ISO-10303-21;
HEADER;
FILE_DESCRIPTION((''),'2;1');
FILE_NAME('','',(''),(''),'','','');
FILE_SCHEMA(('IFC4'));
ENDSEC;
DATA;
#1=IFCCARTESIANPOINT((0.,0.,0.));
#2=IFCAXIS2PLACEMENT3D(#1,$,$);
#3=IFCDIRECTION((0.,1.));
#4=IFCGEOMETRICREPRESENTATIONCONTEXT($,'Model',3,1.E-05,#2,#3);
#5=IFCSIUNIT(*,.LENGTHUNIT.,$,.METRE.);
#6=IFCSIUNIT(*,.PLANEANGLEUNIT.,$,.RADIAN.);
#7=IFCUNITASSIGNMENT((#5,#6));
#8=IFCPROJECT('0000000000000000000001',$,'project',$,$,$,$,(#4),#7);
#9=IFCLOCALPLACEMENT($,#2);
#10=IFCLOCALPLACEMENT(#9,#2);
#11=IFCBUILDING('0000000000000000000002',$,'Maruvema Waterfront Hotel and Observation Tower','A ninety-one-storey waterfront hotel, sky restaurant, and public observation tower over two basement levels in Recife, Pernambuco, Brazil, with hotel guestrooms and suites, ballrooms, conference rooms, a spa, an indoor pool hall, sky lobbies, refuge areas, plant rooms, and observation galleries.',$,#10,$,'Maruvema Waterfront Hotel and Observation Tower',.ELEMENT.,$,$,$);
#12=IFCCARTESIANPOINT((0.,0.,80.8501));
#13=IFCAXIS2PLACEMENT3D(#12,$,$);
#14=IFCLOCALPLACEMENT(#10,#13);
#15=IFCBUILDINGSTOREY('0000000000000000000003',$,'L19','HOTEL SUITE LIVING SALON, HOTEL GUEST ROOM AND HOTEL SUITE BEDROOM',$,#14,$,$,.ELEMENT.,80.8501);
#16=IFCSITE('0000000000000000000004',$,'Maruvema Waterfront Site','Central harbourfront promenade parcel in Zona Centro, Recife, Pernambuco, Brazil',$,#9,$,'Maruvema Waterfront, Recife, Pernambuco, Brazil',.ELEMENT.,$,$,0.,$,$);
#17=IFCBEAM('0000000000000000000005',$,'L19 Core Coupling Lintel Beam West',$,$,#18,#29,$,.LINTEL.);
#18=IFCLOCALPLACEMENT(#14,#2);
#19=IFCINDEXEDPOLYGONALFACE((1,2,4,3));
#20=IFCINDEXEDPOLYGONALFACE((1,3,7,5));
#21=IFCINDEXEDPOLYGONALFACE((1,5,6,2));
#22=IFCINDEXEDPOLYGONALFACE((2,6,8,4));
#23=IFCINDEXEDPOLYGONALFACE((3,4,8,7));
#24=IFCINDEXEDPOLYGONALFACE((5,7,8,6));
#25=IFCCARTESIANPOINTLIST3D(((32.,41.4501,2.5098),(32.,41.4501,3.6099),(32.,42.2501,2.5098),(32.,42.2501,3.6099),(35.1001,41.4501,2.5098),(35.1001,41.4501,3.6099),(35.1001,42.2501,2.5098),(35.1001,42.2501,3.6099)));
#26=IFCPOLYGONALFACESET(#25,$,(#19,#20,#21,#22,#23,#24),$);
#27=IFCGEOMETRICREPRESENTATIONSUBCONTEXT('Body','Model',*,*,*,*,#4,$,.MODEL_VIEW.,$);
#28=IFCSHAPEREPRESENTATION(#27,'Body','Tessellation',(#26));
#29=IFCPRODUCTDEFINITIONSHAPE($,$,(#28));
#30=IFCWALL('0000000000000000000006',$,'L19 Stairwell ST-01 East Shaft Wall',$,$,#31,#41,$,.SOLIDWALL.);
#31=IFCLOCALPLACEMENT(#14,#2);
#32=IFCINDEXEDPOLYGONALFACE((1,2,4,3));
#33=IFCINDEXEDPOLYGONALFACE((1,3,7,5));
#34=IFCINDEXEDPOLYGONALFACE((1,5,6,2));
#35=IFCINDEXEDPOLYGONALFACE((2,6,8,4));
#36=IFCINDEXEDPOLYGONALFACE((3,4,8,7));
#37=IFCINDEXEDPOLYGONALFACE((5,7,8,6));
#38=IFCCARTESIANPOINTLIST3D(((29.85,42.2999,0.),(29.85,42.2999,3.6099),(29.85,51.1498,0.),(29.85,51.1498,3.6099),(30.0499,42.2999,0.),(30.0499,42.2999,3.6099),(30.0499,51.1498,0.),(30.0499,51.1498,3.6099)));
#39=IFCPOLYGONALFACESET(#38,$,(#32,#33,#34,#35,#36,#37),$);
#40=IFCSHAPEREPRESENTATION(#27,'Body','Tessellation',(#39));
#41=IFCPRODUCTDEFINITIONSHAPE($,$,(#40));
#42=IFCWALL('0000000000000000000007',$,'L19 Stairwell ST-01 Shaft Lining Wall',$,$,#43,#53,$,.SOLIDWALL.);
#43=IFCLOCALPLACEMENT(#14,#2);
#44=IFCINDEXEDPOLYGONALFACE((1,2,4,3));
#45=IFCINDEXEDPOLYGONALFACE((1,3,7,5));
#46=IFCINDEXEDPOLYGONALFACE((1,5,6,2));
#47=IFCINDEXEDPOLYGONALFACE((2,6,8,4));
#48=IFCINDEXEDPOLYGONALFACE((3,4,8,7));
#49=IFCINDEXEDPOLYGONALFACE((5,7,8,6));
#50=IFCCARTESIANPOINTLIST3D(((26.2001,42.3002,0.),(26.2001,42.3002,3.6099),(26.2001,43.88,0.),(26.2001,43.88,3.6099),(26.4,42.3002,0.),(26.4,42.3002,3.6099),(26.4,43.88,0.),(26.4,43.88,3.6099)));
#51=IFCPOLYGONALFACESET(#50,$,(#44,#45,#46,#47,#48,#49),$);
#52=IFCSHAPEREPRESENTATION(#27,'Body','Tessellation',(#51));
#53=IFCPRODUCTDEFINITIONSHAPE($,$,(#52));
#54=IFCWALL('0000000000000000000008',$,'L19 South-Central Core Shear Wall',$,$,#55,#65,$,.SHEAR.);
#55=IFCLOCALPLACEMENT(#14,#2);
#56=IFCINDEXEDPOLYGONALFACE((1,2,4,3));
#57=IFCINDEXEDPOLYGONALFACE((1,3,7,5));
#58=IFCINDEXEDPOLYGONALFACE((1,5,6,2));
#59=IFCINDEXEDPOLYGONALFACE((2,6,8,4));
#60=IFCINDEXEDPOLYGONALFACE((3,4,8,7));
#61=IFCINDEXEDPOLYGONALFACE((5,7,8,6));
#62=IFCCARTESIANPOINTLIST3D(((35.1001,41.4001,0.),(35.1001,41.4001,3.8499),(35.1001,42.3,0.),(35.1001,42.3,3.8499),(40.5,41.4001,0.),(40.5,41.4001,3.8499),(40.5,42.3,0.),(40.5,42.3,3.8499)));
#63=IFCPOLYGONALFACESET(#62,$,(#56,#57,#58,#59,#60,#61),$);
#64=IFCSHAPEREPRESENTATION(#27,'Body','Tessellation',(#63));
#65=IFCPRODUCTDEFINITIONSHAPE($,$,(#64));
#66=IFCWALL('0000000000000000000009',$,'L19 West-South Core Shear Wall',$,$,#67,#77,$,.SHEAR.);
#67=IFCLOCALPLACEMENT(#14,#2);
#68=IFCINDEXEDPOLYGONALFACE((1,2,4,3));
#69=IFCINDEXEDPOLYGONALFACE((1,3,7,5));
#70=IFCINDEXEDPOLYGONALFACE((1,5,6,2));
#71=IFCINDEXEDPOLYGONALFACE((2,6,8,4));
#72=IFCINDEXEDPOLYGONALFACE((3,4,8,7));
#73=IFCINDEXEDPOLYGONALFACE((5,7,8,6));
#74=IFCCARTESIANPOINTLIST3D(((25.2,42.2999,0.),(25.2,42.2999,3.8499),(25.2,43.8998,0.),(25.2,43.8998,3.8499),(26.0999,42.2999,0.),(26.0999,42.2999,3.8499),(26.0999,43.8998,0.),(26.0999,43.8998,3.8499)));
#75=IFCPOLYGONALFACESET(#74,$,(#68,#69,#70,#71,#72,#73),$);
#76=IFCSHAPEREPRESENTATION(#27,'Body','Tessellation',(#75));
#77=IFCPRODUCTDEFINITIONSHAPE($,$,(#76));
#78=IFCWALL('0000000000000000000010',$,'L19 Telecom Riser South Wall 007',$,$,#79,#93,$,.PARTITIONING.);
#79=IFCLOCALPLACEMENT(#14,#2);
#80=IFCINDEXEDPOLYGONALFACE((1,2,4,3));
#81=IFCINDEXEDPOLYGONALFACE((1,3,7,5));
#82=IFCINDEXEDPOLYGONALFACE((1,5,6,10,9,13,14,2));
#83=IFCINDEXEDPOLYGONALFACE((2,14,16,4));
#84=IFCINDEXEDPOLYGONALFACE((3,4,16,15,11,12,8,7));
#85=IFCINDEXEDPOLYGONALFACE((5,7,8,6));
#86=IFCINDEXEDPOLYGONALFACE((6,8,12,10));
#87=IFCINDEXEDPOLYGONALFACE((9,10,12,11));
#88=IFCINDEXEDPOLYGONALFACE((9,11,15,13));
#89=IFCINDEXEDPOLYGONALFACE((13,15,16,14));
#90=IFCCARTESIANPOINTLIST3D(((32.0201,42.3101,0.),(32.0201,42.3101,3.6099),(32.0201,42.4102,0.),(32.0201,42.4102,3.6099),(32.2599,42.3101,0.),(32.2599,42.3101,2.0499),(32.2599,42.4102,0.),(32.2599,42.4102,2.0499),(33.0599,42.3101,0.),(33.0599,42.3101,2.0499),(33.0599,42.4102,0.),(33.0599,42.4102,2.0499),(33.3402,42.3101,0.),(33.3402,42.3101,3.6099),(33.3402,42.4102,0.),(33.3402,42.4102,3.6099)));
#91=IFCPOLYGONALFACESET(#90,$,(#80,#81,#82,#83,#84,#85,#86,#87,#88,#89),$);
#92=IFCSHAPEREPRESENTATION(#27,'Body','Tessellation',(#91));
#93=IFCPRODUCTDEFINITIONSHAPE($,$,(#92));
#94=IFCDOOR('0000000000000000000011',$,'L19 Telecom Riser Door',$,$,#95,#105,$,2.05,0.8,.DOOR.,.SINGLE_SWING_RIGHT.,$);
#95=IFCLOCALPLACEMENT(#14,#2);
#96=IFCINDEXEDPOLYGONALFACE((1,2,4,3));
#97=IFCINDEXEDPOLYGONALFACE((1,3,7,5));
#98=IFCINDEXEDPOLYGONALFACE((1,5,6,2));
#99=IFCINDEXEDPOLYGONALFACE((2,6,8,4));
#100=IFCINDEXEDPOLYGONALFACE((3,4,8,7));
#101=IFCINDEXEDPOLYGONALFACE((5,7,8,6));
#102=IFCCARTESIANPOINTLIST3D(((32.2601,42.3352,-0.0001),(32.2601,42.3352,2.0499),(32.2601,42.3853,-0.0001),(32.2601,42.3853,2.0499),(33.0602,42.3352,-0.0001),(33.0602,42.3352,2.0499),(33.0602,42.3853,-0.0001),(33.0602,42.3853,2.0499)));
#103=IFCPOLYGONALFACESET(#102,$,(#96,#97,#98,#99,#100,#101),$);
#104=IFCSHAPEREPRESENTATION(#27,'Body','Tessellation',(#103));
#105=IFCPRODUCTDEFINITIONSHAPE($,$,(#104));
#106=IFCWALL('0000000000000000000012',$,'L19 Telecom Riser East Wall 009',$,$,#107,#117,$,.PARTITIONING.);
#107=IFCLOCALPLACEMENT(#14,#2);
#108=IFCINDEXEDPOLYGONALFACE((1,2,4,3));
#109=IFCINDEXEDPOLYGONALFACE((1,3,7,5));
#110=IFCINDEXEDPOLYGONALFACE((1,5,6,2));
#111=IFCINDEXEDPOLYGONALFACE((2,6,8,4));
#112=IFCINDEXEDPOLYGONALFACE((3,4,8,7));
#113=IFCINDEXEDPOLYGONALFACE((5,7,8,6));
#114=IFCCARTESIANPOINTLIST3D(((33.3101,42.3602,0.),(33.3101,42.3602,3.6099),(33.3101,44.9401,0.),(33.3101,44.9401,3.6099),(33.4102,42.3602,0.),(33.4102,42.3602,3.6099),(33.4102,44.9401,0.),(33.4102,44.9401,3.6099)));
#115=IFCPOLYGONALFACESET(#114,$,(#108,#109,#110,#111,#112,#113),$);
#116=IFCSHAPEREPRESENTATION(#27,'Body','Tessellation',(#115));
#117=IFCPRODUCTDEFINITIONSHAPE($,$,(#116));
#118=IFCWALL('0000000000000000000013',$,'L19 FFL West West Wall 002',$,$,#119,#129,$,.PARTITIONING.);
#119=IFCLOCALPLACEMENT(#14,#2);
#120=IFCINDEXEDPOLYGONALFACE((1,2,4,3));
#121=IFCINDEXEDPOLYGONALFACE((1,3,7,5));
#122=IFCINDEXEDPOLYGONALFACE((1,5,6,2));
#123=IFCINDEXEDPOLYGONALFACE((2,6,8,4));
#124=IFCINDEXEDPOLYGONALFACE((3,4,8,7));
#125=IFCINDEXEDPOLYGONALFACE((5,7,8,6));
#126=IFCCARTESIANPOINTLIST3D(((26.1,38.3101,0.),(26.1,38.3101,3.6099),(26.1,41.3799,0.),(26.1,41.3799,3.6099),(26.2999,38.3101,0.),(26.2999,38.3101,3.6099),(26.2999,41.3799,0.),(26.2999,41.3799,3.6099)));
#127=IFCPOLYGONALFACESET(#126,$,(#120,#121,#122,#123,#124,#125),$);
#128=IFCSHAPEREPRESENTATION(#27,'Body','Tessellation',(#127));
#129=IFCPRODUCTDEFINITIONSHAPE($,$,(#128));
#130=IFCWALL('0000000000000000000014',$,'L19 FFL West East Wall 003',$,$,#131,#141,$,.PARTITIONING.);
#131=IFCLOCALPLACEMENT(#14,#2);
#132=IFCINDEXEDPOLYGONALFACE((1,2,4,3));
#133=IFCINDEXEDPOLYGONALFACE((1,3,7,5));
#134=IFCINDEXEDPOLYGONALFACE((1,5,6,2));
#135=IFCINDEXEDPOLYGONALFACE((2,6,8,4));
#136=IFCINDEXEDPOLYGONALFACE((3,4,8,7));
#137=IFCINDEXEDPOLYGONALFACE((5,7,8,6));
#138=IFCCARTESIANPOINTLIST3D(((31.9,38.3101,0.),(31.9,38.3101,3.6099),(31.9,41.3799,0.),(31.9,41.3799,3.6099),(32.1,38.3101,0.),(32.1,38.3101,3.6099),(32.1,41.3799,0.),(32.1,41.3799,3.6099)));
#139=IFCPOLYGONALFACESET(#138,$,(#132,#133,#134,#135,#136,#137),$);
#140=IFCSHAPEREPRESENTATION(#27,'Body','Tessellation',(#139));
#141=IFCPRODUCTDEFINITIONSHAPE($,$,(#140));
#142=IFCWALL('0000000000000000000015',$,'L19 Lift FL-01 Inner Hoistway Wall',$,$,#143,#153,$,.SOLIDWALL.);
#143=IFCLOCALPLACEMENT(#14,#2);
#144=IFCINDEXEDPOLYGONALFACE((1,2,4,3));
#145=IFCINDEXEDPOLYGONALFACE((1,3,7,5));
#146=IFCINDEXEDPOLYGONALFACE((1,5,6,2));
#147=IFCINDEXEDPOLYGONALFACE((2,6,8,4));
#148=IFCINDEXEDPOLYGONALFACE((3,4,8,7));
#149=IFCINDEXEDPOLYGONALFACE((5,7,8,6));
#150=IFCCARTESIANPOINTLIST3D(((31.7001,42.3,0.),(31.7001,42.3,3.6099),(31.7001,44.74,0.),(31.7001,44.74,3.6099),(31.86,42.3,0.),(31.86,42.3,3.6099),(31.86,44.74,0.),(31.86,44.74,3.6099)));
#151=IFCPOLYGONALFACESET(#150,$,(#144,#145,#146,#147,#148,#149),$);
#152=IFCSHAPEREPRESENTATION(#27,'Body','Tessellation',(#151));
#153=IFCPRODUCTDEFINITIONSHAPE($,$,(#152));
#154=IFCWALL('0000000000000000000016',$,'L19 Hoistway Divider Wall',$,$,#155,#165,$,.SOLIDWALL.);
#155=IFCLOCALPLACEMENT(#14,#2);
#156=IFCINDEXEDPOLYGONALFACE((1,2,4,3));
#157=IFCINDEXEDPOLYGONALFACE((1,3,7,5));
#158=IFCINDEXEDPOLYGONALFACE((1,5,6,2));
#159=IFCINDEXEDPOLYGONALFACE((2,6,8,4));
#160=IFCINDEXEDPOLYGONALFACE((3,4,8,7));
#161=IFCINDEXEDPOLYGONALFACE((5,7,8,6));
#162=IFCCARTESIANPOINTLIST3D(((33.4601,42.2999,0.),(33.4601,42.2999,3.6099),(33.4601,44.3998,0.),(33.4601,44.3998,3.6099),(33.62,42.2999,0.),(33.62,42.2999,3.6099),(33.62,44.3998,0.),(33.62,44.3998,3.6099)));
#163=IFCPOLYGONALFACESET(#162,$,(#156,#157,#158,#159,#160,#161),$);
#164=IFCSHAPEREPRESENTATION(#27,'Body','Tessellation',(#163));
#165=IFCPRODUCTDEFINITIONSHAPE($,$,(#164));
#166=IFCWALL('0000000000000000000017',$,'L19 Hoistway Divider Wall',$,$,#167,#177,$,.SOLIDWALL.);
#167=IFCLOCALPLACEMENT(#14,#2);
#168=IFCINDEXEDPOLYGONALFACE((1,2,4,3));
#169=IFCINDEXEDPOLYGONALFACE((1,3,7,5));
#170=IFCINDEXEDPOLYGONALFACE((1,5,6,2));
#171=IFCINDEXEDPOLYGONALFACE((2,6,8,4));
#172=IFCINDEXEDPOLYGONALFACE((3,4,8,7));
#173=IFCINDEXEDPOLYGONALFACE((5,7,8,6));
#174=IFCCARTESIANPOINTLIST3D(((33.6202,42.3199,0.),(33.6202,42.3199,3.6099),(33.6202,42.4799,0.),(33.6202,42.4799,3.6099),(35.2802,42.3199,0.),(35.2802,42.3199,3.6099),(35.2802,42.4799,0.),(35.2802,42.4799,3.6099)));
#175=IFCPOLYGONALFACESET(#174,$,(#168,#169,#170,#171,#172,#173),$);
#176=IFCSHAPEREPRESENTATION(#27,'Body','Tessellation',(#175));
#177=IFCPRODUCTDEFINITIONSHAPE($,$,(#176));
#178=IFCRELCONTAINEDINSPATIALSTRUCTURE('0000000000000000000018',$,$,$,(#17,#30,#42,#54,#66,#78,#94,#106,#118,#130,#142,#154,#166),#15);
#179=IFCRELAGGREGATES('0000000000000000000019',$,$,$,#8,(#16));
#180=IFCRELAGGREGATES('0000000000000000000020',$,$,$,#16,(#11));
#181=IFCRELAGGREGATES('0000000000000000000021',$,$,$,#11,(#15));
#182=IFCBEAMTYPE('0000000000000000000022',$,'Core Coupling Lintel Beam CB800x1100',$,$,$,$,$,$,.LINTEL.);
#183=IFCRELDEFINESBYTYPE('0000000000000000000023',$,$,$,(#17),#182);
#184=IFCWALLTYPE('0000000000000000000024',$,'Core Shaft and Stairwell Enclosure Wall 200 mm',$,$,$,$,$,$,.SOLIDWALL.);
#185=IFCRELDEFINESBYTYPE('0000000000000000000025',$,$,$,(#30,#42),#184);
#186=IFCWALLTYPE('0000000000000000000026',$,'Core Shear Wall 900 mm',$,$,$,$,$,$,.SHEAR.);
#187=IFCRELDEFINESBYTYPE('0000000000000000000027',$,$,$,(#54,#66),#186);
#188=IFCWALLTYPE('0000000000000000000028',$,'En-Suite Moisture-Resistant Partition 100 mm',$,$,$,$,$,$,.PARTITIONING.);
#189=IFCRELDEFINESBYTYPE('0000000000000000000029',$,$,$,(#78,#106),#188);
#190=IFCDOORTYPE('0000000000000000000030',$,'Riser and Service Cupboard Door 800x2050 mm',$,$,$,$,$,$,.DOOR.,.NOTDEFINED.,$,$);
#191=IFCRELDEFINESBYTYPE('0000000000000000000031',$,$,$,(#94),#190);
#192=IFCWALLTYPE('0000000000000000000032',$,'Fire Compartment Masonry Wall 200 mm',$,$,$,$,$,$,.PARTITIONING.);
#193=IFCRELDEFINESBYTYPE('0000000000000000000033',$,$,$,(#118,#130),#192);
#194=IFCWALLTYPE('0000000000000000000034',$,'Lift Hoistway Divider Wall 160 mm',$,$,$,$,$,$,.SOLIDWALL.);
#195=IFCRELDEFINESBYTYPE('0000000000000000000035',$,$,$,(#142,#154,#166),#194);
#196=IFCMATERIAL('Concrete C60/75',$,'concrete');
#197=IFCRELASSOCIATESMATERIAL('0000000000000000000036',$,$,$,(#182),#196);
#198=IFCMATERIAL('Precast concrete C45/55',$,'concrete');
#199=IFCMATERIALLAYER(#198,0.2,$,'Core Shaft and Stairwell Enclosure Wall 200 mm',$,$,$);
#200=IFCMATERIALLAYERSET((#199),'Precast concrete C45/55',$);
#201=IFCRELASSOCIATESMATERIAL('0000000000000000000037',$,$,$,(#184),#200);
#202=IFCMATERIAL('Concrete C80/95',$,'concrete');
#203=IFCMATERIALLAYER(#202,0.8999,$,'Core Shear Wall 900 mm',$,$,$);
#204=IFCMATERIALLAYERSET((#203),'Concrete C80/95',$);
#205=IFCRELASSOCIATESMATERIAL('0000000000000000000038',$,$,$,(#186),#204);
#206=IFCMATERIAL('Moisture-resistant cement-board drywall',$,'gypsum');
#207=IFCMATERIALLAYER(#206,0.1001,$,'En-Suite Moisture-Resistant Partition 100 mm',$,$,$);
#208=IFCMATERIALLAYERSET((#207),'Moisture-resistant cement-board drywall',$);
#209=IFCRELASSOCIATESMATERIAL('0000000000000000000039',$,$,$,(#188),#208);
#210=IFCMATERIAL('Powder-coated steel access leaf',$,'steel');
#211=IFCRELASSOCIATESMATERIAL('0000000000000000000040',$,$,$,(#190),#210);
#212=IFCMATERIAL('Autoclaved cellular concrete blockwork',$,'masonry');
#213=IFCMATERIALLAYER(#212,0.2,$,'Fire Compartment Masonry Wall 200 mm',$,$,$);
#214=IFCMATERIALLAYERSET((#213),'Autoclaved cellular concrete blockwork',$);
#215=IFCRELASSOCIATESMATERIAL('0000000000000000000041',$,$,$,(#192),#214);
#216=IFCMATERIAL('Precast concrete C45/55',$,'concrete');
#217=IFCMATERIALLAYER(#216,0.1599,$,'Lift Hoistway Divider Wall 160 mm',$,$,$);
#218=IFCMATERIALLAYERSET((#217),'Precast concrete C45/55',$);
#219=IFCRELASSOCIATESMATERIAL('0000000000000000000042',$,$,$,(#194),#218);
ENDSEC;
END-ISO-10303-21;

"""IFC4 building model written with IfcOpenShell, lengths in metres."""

from ifc_helpers import new_model, si_unit, direction, frame, frame_2d, origin, origin_2d, place, context, subcontext, project, spatial, rectangle, extrude, material, layer, layer_set, material_profile, profile_set, type_object, element, fill, save


model = new_model("IFC4")

# Units and contexts
model_context = context("Model", 3, precision=1e-05, world=origin(), true_north=direction((0.0, 1.0)))
body_context = subcontext(model_context, "Body", "Model", "MODEL_VIEW")
ifc_project = project(units=[si_unit("LENGTHUNIT", "METRE"), si_unit("PLANEANGLEUNIT", "RADIAN")], contexts=[model_context])

# Site, building, storey
site_placement = place(None, origin())
site = spatial("IfcSite", under=ifc_project, at=site_placement, Name="Maruvema Waterfront Site", Description="Central harbourfront promenade parcel in Zona Centro, Recife, Pernambuco, Brazil", LongName="Maruvema Waterfront, Recife, Pernambuco, Brazil", CompositionType="ELEMENT", RefElevation=0.0)
building_placement = place(site_placement, origin())
building = spatial("IfcBuilding", under=site, at=building_placement, Name="Maruvema Waterfront Hotel and Observation Tower", Description="A ninety-one-storey waterfront hotel, sky restaurant, and public observation tower over two basement levels in Recife, Pernambuco, Brazil, with hotel guestrooms and suites, ballrooms, conference rooms, a spa, an indoor pool hall, sky lobbies, refuge areas, plant rooms, and observation galleries.", LongName="Maruvema Waterfront Hotel and Observation Tower", CompositionType="ELEMENT")
storey_placement = place(building_placement, frame((0.0, 0.0, 80.8501)))
storey = spatial("IfcBuildingStorey", under=building, at=storey_placement, Name="L19", Description="HOTEL SUITE LIVING SALON, HOTEL GUEST ROOM AND HOTEL SUITE BEDROOM", CompositionType="ELEMENT", Elevation=80.8501)

# Beam
ifc_material_1 = material(Name="Concrete C60/75", Category="concrete")
ifc_material_profile = material_profile(ifc_material_1, rectangle(XDim=0.8, YDim=1.1001, at=origin_2d()), Name="CB800x1100")
ifc_profile_set = profile_set([ifc_material_profile], Name="Concrete C60/75")
beam_type = type_object("IfcBeamType", Name="Core Coupling Lintel Beam CB800x1100", PredefinedType="LINTEL", material=ifc_profile_set)
beam_placement = place(storey_placement, frame((32.0, 41.8501, 3.0598), z_axis=(1.0, 0.0, 0.0), x_axis=(0.0, 1.0, 0.0)))
element("IfcBeam", 1, at=beam_placement, inside=storey, type_object=beam_type, Name="L19 Core Coupling Lintel Beam West", PredefinedType="LINTEL", context=body_context, shape_type="SweptSolid", body=[
    extrude(rectangle(XDim=0.8, YDim=1.1001, at=origin_2d()), origin(), (0.0, 0.0, 1.0), 3.1001),
])

# Walls
ifc_material_2 = material(Name="Precast concrete C45/55", Category="concrete")
ifc_layer_1 = layer(ifc_material_2, 0.2, Name="Core Shaft and Stairwell Enclosure Wall 200 mm")
ifc_layer_set_1 = layer_set([ifc_layer_1], Name="Precast concrete C45/55")
wall_type_1 = type_object("IfcWallType", Name="Core Shaft and Stairwell Enclosure Wall 200 mm", PredefinedType="SOLIDWALL", material=ifc_layer_set_1)
wall_1_placement = place(storey_placement, frame((29.95, 42.3, 0.0), z_axis=(0.0, 0.0, 1.0), x_axis=(0.0, 1.0, 0.0)))
element("IfcWall", 2, at=wall_1_placement, inside=storey, type_object=wall_type_1, Name="L19 Stairwell ST-01 East Shaft Wall", PredefinedType="SOLIDWALL", context=body_context, shape_type="SweptSolid", body=[
    extrude(rectangle(XDim=8.8499, YDim=0.2, at=frame_2d((4.4248, 0.0))), origin(), (0.0, 0.0, 1.0), 3.6099),
])
wall_2_placement = place(storey_placement, frame((26.3, 42.3, 0.0), z_axis=(0.0, 0.0, 1.0), x_axis=(0.0, 1.0, 0.0)))
element("IfcWall", 3, at=wall_2_placement, inside=storey, type_object=wall_type_1, Name="L19 Stairwell ST-01 Shaft Lining Wall", PredefinedType="SOLIDWALL", context=body_context, shape_type="SweptSolid", body=[
    extrude(rectangle(XDim=1.5798, YDim=0.2, at=frame_2d((0.79, 0.0))), origin(), (0.0, 0.0, 1.0), 3.6099),
])

# Shared definitions
ifc_material_3 = material(Name="Concrete C80/95", Category="concrete")
ifc_layer_2 = layer(ifc_material_3, 0.8999, Name="Core Shear Wall 900 mm")
ifc_layer_set_2 = layer_set([ifc_layer_2], Name="Concrete C80/95")
wall_type_2 = type_object("IfcWallType", Name="Core Shear Wall 900 mm", PredefinedType="SHEAR", material=ifc_layer_set_2)

# Walls
wall_3_placement = place(storey_placement, frame((35.1001, 41.8501, 0.0), z_axis=(0.0, 0.0, 1.0), x_axis=(1.0, 0.0, 0.0)))
element("IfcWall", 4, at=wall_3_placement, inside=storey, type_object=wall_type_2, Name="L19 South-Central Core Shear Wall", PredefinedType="SHEAR", context=body_context, shape_type="SweptSolid", body=[
    extrude(rectangle(XDim=5.3999, YDim=0.8999, at=frame_2d((2.7, 0.0))), origin(), (0.0, 0.0, 1.0), 3.8499),
])
wall_4_placement = place(storey_placement, frame((25.6499, 42.3, 0.0), z_axis=(0.0, 0.0, 1.0), x_axis=(0.0, 1.0, 0.0)))
element("IfcWall", 5, at=wall_4_placement, inside=storey, type_object=wall_type_2, Name="L19 West-South Core Shear Wall", PredefinedType="SHEAR", context=body_context, shape_type="SweptSolid", body=[
    extrude(rectangle(XDim=1.5999, YDim=0.8999, at=frame_2d((0.7998, 0.0))), origin(), (0.0, 0.0, 1.0), 3.8499),
])

# Wall, opening, door
ifc_material_4 = material(Name="Moisture-resistant cement-board drywall", Category="gypsum")
ifc_layer_3 = layer(ifc_material_4, 0.1001, Name="En-Suite Moisture-Resistant Partition 100 mm")
ifc_layer_set_3 = layer_set([ifc_layer_3], Name="Moisture-resistant cement-board drywall")
wall_type_3 = type_object("IfcWallType", Name="En-Suite Moisture-Resistant Partition 100 mm", PredefinedType="PARTITIONING", material=ifc_layer_set_3)
wall_5_placement = place(storey_placement, frame((32.02, 42.3601, 0.0), z_axis=(0.0, 0.0, 1.0), x_axis=(1.0, 0.0, 0.0)))
wall_5 = element("IfcWall", 6, at=wall_5_placement, inside=storey, type_object=wall_type_3, Name="L19 Telecom Riser South Wall 007", PredefinedType="PARTITIONING", context=body_context, shape_type="SweptSolid", body=[
    extrude(rectangle(XDim=1.3201, YDim=0.1001, at=frame_2d((0.6602, 0.0))), origin(), (0.0, 0.0, 1.0), 3.6099),
])
opening_1_placement = place(wall_5_placement, frame((0.24, 0.0, 0.0)))
opening_1 = element("IfcOpeningElement", 7, at=opening_1_placement, cuts=wall_5, PredefinedType="OPENING", context=body_context, shape_type="SweptSolid", body=[
    extrude(rectangle(XDim=0.8, YDim=2.05, at=frame_2d((0.3999, 1.0249))), frame((0.0, 0.0601, 0.0), z_axis=(0.0, -1.0, 0.0), x_axis=(1.0, 0.0, 0.0)), (0.0, 0.0, 1.0), 0.1201),
])
ifc_material_5 = material(Name="Powder-coated steel access leaf", Category="steel")
door_type_1 = type_object("IfcDoorType", Name="Riser and Service Cupboard Door 800x2050 mm", OperationType="NOTDEFINED", PredefinedType="DOOR", material=ifc_material_5)
door_1_placement = place(opening_1_placement, frame((0.8, 0.0, 0.0), z_axis=(0.0, 0.0, 1.0), x_axis=(-1.0, 0.0, 0.0)))
door_1 = element("IfcDoor", 8, at=door_1_placement, inside=storey, type_object=door_type_1, Name="L19 Telecom Riser Door", OperationType="SINGLE_SWING_RIGHT", OverallHeight=2.05, OverallWidth=0.8, PredefinedType="DOOR", context=body_context, shape_type="SweptSolid", body=[
    extrude(rectangle(XDim=0.8, YDim=2.05, at=frame_2d((0.3999, 1.0249))), frame((0.0, 0.0249, 0.0), z_axis=(0.0, -1.0, 0.0), x_axis=(1.0, 0.0, 0.0)), (0.0, 0.0, 1.0), 0.05),
])
fill(opening_1, door_1)

# Wall
wall_6_placement = place(storey_placement, frame((33.3601, 42.3601, 0.0), z_axis=(0.0, 0.0, 1.0), x_axis=(0.0, 1.0, 0.0)))
element("IfcWall", 9, at=wall_6_placement, inside=storey, type_object=wall_type_3, Name="L19 Telecom Riser East Wall 009", PredefinedType="PARTITIONING", context=body_context, shape_type="SweptSolid", body=[
    extrude(rectangle(XDim=2.5798, YDim=0.1001, at=frame_2d((1.29, 0.0))), origin(), (0.0, 0.0, 1.0), 3.6099),
])

# Shared definitions
ifc_material_6 = material(Name="Autoclaved cellular concrete blockwork", Category="masonry")
ifc_layer_4 = layer(ifc_material_6, 0.2, Name="Fire Compartment Masonry Wall 200 mm")
ifc_layer_set_4 = layer_set([ifc_layer_4], Name="Autoclaved cellular concrete blockwork")
wall_type_4 = type_object("IfcWallType", Name="Fire Compartment Masonry Wall 200 mm", PredefinedType="PARTITIONING", material=ifc_layer_set_4)

# Walls
for number, where, z_axis, x_axis, name in (
    (10, (26.2, 38.3101, 0.0), (0.0, 0.0, 1.0), (0.0, 1.0, 0.0), "L19 FFL West West Wall 002"),
    (11, (32.0, 38.3101, 0.0), (0.0, 0.0, 1.0), (0.0, 1.0, 0.0), "L19 FFL West East Wall 003"),
):
    element("IfcWall", number, at=place(storey_placement, frame(where, z_axis=z_axis, x_axis=x_axis)), inside=storey, type_object=wall_type_4, Name=name, PredefinedType="PARTITIONING", context=body_context, shape_type="SweptSolid", body=[
        extrude(rectangle(XDim=3.0698, YDim=0.2, at=frame_2d((1.5349, 0.0))), origin(), (0.0, 0.0, 1.0), 3.6099),
    ])
ifc_material_7 = material(Name="Precast concrete C45/55", Category="concrete")
ifc_layer_5 = layer(ifc_material_7, 0.1599, Name="Lift Hoistway Divider Wall 160 mm")
ifc_layer_set_5 = layer_set([ifc_layer_5], Name="Precast concrete C45/55")
wall_type_5 = type_object("IfcWallType", Name="Lift Hoistway Divider Wall 160 mm", PredefinedType="SOLIDWALL", material=ifc_layer_set_5)
wall_7_placement = place(storey_placement, frame((31.78, 42.3, 0.0), z_axis=(0.0, 0.0, 1.0), x_axis=(0.0, 1.0, 0.0)))
element("IfcWall", 12, at=wall_7_placement, inside=storey, type_object=wall_type_5, Name="L19 Lift FL-01 Inner Hoistway Wall", PredefinedType="SOLIDWALL", context=body_context, shape_type="SweptSolid", body=[
    extrude(rectangle(XDim=2.4399, YDim=0.1599, at=frame_2d((1.22, 0.0))), origin(), (0.0, 0.0, 1.0), 3.6099),
])
wall_8_placement = place(storey_placement, frame((33.54, 42.3, 0.0), z_axis=(0.0, 0.0, 1.0), x_axis=(0.0, 1.0, 0.0)))
element("IfcWall", 13, at=wall_8_placement, inside=storey, type_object=wall_type_5, Name="L19 Hoistway Divider Wall", PredefinedType="SOLIDWALL", context=body_context, shape_type="SweptSolid", body=[
    extrude(rectangle(XDim=2.0999, YDim=0.1599, at=frame_2d((1.0498, 0.0))), origin(), (0.0, 0.0, 1.0), 3.6099),
])
wall_9_placement = place(storey_placement, frame((33.6201, 42.3999, 0.0), z_axis=(0.0, 0.0, 1.0), x_axis=(1.0, 0.0, 0.0)))
element("IfcWall", 14, at=wall_9_placement, inside=storey, type_object=wall_type_5, Name="L19 Hoistway Divider Wall", PredefinedType="SOLIDWALL", context=body_context, shape_type="SweptSolid", body=[
    extrude(rectangle(XDim=1.6599, YDim=0.1599, at=frame_2d((0.8301, 0.0))), origin(), (0.0, 0.0, 1.0), 3.6099),
])

save(model, "model.ifc")
